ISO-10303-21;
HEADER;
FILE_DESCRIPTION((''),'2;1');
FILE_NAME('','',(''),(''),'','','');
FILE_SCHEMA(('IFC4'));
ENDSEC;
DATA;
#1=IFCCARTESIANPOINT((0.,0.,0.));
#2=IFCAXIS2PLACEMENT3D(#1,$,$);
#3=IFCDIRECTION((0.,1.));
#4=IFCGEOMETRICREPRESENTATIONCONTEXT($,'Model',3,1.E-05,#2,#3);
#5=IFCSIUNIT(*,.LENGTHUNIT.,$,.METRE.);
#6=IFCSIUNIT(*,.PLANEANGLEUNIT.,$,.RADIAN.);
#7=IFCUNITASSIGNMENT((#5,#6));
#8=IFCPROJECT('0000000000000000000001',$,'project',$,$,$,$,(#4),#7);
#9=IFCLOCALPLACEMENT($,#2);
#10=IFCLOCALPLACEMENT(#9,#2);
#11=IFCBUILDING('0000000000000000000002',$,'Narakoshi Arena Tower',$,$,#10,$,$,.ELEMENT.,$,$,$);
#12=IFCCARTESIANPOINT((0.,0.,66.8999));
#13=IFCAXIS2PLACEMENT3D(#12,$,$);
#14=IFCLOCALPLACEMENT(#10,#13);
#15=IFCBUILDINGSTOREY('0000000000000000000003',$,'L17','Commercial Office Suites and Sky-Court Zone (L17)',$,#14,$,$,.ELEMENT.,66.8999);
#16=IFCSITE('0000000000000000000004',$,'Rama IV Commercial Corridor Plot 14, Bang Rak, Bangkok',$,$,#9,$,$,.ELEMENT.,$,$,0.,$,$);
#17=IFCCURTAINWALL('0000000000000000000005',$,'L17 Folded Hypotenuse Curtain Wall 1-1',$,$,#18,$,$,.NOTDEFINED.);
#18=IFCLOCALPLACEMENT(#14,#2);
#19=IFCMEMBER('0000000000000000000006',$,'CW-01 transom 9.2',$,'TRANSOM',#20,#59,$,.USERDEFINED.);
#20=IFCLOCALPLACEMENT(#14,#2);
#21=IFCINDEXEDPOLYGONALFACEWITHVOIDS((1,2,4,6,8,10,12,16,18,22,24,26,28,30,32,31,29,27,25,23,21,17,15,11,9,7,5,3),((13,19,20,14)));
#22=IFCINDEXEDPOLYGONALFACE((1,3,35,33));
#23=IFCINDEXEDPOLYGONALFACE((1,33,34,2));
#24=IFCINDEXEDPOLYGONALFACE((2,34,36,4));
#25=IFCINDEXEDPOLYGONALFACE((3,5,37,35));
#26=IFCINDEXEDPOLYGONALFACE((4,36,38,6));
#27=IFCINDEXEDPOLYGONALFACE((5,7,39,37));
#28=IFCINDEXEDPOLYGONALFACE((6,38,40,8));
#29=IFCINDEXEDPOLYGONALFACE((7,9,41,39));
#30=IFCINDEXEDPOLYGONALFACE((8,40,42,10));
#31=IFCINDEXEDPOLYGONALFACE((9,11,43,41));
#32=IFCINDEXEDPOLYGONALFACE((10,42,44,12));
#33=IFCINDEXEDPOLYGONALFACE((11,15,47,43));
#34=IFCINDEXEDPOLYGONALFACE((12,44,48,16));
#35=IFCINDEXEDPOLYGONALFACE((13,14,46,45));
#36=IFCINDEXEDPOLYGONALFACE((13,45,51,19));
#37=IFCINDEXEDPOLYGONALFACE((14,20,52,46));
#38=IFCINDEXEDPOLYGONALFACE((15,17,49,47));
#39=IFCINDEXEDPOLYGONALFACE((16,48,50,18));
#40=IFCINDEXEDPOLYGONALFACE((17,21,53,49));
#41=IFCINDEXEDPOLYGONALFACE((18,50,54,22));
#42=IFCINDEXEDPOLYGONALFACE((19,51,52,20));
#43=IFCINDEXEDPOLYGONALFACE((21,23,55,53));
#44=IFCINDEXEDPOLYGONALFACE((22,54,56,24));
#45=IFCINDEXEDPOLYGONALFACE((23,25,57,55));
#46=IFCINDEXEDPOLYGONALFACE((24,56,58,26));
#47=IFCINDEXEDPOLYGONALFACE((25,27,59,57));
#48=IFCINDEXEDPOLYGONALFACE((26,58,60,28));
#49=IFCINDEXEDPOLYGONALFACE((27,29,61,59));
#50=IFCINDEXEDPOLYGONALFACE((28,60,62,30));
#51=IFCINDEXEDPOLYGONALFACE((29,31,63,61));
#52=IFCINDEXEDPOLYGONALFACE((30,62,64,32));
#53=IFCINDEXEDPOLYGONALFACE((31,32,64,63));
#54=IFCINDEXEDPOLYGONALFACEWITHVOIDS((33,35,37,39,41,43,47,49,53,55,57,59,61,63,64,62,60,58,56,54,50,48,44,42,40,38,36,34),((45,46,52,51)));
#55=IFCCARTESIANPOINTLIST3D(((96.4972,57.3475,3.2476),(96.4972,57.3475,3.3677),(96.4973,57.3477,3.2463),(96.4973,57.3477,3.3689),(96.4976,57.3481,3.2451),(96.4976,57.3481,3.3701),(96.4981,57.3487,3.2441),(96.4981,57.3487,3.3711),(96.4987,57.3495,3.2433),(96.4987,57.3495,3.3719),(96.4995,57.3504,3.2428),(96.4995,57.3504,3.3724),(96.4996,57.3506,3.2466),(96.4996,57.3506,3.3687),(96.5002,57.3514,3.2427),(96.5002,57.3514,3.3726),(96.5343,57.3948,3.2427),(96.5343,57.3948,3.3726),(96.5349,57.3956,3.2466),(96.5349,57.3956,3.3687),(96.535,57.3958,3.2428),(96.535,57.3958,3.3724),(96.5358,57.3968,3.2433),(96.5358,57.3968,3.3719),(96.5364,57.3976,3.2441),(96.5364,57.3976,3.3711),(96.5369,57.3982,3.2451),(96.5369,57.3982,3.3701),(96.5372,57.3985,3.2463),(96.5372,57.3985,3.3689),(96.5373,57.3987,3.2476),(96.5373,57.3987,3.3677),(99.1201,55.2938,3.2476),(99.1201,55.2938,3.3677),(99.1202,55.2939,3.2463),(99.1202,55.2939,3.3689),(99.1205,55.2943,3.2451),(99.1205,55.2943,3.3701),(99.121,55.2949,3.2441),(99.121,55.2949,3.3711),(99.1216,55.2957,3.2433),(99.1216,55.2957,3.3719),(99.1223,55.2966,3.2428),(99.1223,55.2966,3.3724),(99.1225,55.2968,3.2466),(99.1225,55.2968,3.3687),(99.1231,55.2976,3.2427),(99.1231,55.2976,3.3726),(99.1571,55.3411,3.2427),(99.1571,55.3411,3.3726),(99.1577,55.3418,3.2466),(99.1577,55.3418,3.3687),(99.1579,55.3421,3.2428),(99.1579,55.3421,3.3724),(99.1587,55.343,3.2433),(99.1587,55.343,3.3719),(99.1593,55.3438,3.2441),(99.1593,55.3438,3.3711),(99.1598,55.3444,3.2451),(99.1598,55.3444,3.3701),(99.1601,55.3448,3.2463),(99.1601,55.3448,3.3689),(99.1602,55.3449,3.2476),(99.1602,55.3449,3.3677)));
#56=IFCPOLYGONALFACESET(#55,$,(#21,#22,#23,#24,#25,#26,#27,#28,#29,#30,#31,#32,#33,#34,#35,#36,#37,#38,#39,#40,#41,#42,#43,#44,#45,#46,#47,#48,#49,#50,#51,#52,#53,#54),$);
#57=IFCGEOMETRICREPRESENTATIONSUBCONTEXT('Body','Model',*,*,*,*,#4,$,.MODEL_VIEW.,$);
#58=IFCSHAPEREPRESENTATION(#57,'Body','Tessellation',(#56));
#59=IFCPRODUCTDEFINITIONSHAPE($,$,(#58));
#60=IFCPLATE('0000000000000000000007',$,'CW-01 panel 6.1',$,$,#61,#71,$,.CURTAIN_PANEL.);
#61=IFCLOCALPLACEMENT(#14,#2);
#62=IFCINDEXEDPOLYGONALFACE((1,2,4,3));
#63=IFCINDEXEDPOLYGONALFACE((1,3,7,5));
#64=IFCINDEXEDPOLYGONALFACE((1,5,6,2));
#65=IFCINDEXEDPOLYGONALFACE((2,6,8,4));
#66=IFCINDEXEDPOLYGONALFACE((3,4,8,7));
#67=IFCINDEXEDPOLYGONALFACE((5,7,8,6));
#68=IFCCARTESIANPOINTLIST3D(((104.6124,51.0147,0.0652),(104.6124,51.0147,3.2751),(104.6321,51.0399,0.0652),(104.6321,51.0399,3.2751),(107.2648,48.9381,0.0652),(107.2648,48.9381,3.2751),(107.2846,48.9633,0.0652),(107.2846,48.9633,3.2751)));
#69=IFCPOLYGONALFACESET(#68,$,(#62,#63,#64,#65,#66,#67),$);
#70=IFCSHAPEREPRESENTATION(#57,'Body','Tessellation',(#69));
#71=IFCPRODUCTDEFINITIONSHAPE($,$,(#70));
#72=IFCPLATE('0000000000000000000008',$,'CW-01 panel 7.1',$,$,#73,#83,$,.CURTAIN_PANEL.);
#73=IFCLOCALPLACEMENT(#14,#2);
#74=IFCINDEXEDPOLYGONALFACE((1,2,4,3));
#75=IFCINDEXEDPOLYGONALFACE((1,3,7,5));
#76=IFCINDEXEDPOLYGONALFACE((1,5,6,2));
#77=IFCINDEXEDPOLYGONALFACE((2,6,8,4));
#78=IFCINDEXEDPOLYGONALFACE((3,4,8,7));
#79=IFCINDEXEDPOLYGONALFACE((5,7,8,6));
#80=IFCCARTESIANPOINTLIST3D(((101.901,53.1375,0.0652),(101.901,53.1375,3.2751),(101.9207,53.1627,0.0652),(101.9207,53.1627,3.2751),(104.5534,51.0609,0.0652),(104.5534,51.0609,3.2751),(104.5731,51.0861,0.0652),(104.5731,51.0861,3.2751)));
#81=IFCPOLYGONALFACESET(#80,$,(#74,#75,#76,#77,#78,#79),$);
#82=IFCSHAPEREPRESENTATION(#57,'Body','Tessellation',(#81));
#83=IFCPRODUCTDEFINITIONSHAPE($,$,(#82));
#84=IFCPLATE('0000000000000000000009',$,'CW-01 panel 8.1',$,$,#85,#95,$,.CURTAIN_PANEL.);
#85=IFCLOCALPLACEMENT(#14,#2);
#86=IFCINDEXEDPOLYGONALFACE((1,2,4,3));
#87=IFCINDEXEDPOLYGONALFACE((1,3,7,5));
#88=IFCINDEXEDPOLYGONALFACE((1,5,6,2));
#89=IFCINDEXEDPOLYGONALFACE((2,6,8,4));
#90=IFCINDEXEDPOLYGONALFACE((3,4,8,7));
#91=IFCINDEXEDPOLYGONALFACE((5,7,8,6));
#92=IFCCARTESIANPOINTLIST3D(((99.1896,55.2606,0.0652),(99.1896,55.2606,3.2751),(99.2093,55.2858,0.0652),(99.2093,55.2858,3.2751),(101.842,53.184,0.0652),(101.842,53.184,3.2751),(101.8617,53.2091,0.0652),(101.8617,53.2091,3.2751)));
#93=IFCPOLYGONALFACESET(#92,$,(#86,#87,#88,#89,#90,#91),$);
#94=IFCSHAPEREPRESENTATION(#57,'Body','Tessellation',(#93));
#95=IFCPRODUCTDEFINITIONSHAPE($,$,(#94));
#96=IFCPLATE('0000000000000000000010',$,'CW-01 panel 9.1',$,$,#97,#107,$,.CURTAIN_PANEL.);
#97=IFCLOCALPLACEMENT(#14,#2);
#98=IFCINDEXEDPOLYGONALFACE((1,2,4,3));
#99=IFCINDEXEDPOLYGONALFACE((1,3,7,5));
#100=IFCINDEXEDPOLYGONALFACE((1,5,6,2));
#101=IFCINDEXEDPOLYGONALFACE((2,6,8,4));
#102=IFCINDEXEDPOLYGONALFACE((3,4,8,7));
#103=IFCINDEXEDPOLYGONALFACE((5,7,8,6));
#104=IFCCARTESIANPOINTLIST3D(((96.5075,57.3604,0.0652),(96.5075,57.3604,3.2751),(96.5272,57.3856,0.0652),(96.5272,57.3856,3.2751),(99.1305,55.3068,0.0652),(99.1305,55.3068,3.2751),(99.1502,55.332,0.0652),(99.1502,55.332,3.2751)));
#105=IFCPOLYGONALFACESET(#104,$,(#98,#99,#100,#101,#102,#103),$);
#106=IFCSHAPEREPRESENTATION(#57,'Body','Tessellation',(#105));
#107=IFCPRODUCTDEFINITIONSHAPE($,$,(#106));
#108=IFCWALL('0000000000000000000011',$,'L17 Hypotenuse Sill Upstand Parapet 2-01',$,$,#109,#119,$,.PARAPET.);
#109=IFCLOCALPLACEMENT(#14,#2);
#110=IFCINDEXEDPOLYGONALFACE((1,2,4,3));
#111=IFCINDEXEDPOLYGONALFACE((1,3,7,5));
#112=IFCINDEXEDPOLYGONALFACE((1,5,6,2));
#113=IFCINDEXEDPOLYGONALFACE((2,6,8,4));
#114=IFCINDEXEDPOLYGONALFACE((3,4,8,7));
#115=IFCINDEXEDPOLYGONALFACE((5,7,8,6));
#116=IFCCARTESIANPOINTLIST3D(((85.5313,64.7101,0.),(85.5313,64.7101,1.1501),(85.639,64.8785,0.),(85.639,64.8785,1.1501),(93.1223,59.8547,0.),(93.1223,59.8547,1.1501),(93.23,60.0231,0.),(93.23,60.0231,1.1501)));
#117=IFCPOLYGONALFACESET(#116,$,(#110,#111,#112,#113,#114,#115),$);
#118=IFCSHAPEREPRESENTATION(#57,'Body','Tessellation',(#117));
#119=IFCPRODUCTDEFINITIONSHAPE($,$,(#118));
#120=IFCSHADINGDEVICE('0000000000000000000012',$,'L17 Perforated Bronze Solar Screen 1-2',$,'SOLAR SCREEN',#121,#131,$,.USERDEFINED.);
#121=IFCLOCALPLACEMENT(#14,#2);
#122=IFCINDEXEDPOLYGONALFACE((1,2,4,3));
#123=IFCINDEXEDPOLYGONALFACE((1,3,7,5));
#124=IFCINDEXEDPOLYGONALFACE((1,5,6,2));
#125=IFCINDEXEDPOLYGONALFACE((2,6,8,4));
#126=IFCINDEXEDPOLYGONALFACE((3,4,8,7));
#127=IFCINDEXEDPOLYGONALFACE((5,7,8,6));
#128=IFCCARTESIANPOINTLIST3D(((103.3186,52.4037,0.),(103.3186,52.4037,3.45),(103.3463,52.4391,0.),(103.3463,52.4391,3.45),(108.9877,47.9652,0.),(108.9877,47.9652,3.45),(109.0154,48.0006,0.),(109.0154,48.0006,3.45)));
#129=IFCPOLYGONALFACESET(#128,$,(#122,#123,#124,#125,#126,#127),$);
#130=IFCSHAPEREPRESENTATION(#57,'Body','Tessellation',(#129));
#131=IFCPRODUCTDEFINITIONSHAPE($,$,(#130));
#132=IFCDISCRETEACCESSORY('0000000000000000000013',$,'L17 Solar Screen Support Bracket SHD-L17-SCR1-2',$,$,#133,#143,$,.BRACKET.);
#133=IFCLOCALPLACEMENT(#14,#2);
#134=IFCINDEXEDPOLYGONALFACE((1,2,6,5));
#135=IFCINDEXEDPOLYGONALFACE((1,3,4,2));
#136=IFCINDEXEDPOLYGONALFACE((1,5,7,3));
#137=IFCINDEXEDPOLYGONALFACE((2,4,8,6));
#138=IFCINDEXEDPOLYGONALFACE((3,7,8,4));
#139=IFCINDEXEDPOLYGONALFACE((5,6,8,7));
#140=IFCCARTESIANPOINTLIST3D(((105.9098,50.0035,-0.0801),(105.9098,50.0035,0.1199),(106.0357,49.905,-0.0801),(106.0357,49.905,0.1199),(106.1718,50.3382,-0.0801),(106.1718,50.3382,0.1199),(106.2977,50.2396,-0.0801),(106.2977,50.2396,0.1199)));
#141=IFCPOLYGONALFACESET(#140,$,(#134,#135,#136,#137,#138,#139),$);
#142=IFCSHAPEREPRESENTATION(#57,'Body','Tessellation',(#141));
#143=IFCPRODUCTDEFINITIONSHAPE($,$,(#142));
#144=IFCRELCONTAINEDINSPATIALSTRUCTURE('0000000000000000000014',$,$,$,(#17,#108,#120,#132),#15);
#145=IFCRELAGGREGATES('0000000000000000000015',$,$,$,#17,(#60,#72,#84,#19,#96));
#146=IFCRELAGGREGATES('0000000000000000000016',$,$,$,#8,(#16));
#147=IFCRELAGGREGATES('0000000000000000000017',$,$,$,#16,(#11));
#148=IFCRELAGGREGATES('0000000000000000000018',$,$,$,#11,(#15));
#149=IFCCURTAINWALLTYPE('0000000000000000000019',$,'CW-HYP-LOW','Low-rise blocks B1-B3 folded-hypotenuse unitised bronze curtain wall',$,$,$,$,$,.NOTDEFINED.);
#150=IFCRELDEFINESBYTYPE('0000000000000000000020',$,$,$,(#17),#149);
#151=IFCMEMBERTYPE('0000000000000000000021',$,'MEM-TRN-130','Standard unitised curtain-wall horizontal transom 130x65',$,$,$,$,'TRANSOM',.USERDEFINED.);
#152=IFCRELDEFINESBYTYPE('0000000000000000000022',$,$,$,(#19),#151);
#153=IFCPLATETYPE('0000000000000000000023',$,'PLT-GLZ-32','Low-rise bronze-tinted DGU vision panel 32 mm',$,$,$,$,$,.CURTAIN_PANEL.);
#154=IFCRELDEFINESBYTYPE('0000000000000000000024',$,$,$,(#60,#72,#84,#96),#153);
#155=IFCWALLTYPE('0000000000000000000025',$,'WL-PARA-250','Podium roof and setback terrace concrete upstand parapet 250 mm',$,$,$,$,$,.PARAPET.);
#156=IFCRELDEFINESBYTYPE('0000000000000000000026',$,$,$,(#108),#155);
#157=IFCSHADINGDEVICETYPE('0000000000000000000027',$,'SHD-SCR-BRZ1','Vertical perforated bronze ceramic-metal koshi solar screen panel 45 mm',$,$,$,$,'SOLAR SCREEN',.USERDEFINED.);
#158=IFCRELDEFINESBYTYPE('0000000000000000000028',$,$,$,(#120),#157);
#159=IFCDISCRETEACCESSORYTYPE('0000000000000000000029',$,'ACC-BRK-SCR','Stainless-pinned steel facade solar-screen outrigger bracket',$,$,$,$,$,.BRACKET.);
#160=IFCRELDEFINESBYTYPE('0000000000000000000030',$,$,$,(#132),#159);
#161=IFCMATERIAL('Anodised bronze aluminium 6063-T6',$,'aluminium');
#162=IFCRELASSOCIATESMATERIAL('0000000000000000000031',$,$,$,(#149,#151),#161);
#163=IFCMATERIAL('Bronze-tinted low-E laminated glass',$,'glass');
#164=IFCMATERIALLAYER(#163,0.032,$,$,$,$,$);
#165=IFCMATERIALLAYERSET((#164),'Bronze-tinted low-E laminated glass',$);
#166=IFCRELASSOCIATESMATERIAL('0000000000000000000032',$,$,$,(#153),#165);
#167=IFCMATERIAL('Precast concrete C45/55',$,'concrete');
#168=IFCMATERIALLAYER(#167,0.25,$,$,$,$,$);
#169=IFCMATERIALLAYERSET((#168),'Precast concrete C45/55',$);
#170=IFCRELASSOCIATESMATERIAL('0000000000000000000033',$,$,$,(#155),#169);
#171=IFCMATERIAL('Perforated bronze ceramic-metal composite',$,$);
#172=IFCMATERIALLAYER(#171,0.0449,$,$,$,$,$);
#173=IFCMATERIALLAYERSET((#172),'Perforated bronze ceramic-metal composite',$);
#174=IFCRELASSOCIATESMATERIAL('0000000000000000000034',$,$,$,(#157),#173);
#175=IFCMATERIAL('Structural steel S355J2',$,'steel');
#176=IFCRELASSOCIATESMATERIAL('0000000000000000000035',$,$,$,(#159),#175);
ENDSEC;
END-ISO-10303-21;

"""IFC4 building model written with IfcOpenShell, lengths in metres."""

from ifc_helpers import new_model, si_unit, direction, frame, frame_2d, origin, origin_2d, place, context, subcontext, project, spatial, rectangle, hollow_rectangle, extrude, material, layer, layer_set, material_profile, profile_set, type_object, element, aggregate, save


model = new_model("IFC4")

# Units and contexts
model_context = context("Model", 3, precision=1e-05, world=origin(), true_north=direction((0.0, 1.0)))
body_context = subcontext(model_context, "Body", "Model", "MODEL_VIEW")
ifc_project = project(units=[si_unit("LENGTHUNIT", "METRE"), si_unit("PLANEANGLEUNIT", "RADIAN")], contexts=[model_context])

# Site, building, storey
site_placement = place(None, origin())
site = spatial("IfcSite", under=ifc_project, at=site_placement, Name="Rama IV Commercial Corridor Plot 14, Bang Rak, Bangkok", CompositionType="ELEMENT", RefElevation=0.0)
building_placement = place(site_placement, origin())
building = spatial("IfcBuilding", under=site, at=building_placement, Name="Narakoshi Arena Tower", CompositionType="ELEMENT")
storey_placement = place(building_placement, frame((0.0, 0.0, 66.8999)))
storey = spatial("IfcBuildingStorey", under=building, at=storey_placement, Name="L17", Description="Commercial Office Suites and Sky-Court Zone (L17)", CompositionType="ELEMENT", Elevation=66.8999)

# Shared definitions
ifc_material_1 = material(Name="Structural steel S355J2", Category="steel")

# Curtain wall
ifc_material_2 = material(Name="Anodised bronze aluminium 6063-T6", Category="aluminium")
curtain_wall_type = type_object("IfcCurtainWallType", Name="CW-HYP-LOW", Description="Low-rise blocks B1-B3 folded-hypotenuse unitised bronze curtain wall", PredefinedType="NOTDEFINED", material=ifc_material_2)
curtain_wall_1_placement = place(storey_placement, origin())
curtain_wall_1 = element("IfcCurtainWall", 1, at=curtain_wall_1_placement, inside=storey, type_object=curtain_wall_type, Name="L17 Folded Hypotenuse Curtain Wall 1-1", PredefinedType="NOTDEFINED")

# Member
ifc_material_profile_1 = material_profile(ifc_material_2, hollow_rectangle(XDim=0.0649, YDim=0.1299, WallThickness=0.0039, OuterFilletRadius=0.0049, at=origin_2d()), Name="TRN130x65x4")
ifc_profile_set_1 = profile_set([ifc_material_profile_1], Name="Anodised bronze aluminium 6063-T6")
member_type_1 = type_object("IfcMemberType", Name="MEM-TRN-130", Description="Standard unitised curtain-wall horizontal transom 130x65", ElementType="TRANSOM", PredefinedType="USERDEFINED", material=ifc_profile_set_1)
member_1_placement = place(storey_placement, frame((99.1401, 55.3193, 3.3076), z_axis=(-0.787347, 0.61651, 0.0), x_axis=(-0.61651, -0.787347, 0.0)))
member_1 = element("IfcMember", 2, at=member_1_placement, type_object=member_type_1, Name="CW-01 transom 9.2", ObjectType="TRANSOM", PredefinedType="USERDEFINED", context=body_context, shape_type="SweptSolid", body=[
    extrude(hollow_rectangle(XDim=0.0649, YDim=0.1299, WallThickness=0.0039, OuterFilletRadius=0.0049, at=origin_2d()), origin(), (0.0, 0.0, 1.0), 3.3313),
])

# Plates
ifc_material_3 = material(Name="Bronze-tinted low-E laminated glass", Category="glass")
ifc_layer_1 = layer(ifc_material_3, 0.032)
ifc_layer_set_1 = layer_set([ifc_layer_1], Name="Bronze-tinted low-E laminated glass")
plate_type = type_object("IfcPlateType", Name="PLT-GLZ-32", Description="Low-rise bronze-tinted DGU vision panel 32 mm", PredefinedType="CURTAIN_PANEL", material=ifc_layer_set_1)
plate_1_placement = place(storey_placement, frame((105.9485, 49.989, 0.0652), z_axis=(0.0, 0.0, 1.0), x_axis=(-0.787388, 0.616458, 0.0)))
plate_1 = element("IfcPlate", 3, at=plate_1_placement, type_object=plate_type, Name="CW-01 panel 6.1", PredefinedType="CURTAIN_PANEL", context=body_context, shape_type="SweptSolid", body=[
    extrude(rectangle(XDim=3.3687, YDim=0.032, at=origin_2d()), origin(), (0.0, 0.0, 1.0), 3.21),
])
plate_2_placement = place(storey_placement, frame((103.2371, 52.1118, 0.0652), z_axis=(0.0, 0.0, 1.0), x_axis=(-0.787388, 0.616458, 0.0)))
plate_2 = element("IfcPlate", 4, at=plate_2_placement, type_object=plate_type, Name="CW-01 panel 7.1", PredefinedType="CURTAIN_PANEL", context=body_context, shape_type="SweptSolid", body=[
    extrude(rectangle(XDim=3.3687, YDim=0.032, at=origin_2d()), origin(), (0.0, 0.0, 1.0), 3.21),
])
plate_3_placement = place(storey_placement, frame((100.5256, 54.2349, 0.0652), z_axis=(0.0, 0.0, 1.0), x_axis=(-0.787388, 0.616458, 0.0)))
plate_3 = element("IfcPlate", 5, at=plate_3_placement, type_object=plate_type, Name="CW-01 panel 8.1", PredefinedType="CURTAIN_PANEL", context=body_context, shape_type="SweptSolid", body=[
    extrude(rectangle(XDim=3.3687, YDim=0.032, at=origin_2d()), origin(), (0.0, 0.0, 1.0), 3.21),
])
plate_4_placement = place(storey_placement, frame((97.8289, 56.3462, 0.0652), z_axis=(0.0, 0.0, 1.0), x_axis=(-0.787388, 0.616458, 0.0)))
plate_4 = element("IfcPlate", 6, at=plate_4_placement, type_object=plate_type, Name="CW-01 panel 9.1", PredefinedType="CURTAIN_PANEL", context=body_context, shape_type="SweptSolid", body=[
    extrude(rectangle(XDim=3.3313, YDim=0.032, at=origin_2d()), origin(), (0.0, 0.0, 1.0), 3.21),
])
aggregate(curtain_wall_1, [plate_1, plate_2, plate_3, member_1, plate_4])

# Wall
ifc_material_4 = material(Name="Precast concrete C45/55", Category="concrete")
ifc_layer_2 = layer(ifc_material_4, 0.25)
ifc_layer_set_2 = layer_set([ifc_layer_2], Name="Precast concrete C45/55")
wall_type = type_object("IfcWallType", Name="WL-PARA-250", Description="Podium roof and setback terrace concrete upstand parapet 250 mm", PredefinedType="PARAPET", material=ifc_layer_set_2)
wall_placement = place(storey_placement, frame((93.176, 59.939, 0.0), z_axis=(0.0, 0.0, 1.0), x_axis=(-0.842413, 0.538832, 0.0)))
element("IfcWall", 7, at=wall_placement, inside=storey, type_object=wall_type, Name="L17 Hypotenuse Sill Upstand Parapet 2-01", PredefinedType="PARAPET", context=body_context, shape_type="SweptSolid", body=[
    extrude(rectangle(XDim=9.011, YDim=0.2, at=frame_2d((4.5054, 0.0))), origin(), (0.0, 0.0, 1.0), 1.1501),
])

# Shading device
ifc_material_5 = material(Name="Perforated bronze ceramic-metal composite")
ifc_layer_3 = layer(ifc_material_5, 0.0449)
ifc_layer_set_3 = layer_set([ifc_layer_3], Name="Perforated bronze ceramic-metal composite")
shading_device_type = type_object("IfcShadingDeviceType", Name="SHD-SCR-BRZ1", Description="Vertical perforated bronze ceramic-metal koshi solar screen panel 45 mm", ElementType="SOLAR SCREEN", PredefinedType="USERDEFINED", material=ifc_layer_set_3)
shading_device_placement = place(storey_placement, frame((106.167, 50.2021, 0.0), z_axis=(0.0, 0.0, 1.0), x_axis=(-0.787387, 0.616459, 0.0)))
element("IfcShadingDevice", 8, at=shading_device_placement, inside=storey, type_object=shading_device_type, Name="L17 Perforated Bronze Solar Screen 1-2", ObjectType="SOLAR SCREEN", PredefinedType="USERDEFINED", context=body_context, shape_type="SweptSolid", body=[
    extrude(rectangle(XDim=7.2, YDim=0.0449, at=origin_2d()), origin(), (0.0, 0.0, 1.0), 3.45),
])

# Discrete accessory
discrete_accessory_type = type_object("IfcDiscreteAccessoryType", Name="ACC-BRK-SCR", Description="Stainless-pinned steel facade solar-screen outrigger bracket", PredefinedType="BRACKET", material=ifc_material_1)
discrete_accessory_placement = place(storey_placement, frame((106.1038, 50.1216, -0.0801), z_axis=(0.0, 0.0, 1.0), x_axis=(-0.787387, 0.616459, 0.0)))
element("IfcDiscreteAccessory", 9, at=discrete_accessory_placement, inside=storey, type_object=discrete_accessory_type, Name="L17 Solar Screen Support Bracket SHD-L17-SCR1-2", PredefinedType="BRACKET", context=body_context, shape_type="SweptSolid", body=[
    extrude(rectangle(XDim=0.1599, YDim=0.425, at=origin_2d()), origin(), (0.0, 0.0, 1.0), 0.2),
])

save(model, "model.ifc")
